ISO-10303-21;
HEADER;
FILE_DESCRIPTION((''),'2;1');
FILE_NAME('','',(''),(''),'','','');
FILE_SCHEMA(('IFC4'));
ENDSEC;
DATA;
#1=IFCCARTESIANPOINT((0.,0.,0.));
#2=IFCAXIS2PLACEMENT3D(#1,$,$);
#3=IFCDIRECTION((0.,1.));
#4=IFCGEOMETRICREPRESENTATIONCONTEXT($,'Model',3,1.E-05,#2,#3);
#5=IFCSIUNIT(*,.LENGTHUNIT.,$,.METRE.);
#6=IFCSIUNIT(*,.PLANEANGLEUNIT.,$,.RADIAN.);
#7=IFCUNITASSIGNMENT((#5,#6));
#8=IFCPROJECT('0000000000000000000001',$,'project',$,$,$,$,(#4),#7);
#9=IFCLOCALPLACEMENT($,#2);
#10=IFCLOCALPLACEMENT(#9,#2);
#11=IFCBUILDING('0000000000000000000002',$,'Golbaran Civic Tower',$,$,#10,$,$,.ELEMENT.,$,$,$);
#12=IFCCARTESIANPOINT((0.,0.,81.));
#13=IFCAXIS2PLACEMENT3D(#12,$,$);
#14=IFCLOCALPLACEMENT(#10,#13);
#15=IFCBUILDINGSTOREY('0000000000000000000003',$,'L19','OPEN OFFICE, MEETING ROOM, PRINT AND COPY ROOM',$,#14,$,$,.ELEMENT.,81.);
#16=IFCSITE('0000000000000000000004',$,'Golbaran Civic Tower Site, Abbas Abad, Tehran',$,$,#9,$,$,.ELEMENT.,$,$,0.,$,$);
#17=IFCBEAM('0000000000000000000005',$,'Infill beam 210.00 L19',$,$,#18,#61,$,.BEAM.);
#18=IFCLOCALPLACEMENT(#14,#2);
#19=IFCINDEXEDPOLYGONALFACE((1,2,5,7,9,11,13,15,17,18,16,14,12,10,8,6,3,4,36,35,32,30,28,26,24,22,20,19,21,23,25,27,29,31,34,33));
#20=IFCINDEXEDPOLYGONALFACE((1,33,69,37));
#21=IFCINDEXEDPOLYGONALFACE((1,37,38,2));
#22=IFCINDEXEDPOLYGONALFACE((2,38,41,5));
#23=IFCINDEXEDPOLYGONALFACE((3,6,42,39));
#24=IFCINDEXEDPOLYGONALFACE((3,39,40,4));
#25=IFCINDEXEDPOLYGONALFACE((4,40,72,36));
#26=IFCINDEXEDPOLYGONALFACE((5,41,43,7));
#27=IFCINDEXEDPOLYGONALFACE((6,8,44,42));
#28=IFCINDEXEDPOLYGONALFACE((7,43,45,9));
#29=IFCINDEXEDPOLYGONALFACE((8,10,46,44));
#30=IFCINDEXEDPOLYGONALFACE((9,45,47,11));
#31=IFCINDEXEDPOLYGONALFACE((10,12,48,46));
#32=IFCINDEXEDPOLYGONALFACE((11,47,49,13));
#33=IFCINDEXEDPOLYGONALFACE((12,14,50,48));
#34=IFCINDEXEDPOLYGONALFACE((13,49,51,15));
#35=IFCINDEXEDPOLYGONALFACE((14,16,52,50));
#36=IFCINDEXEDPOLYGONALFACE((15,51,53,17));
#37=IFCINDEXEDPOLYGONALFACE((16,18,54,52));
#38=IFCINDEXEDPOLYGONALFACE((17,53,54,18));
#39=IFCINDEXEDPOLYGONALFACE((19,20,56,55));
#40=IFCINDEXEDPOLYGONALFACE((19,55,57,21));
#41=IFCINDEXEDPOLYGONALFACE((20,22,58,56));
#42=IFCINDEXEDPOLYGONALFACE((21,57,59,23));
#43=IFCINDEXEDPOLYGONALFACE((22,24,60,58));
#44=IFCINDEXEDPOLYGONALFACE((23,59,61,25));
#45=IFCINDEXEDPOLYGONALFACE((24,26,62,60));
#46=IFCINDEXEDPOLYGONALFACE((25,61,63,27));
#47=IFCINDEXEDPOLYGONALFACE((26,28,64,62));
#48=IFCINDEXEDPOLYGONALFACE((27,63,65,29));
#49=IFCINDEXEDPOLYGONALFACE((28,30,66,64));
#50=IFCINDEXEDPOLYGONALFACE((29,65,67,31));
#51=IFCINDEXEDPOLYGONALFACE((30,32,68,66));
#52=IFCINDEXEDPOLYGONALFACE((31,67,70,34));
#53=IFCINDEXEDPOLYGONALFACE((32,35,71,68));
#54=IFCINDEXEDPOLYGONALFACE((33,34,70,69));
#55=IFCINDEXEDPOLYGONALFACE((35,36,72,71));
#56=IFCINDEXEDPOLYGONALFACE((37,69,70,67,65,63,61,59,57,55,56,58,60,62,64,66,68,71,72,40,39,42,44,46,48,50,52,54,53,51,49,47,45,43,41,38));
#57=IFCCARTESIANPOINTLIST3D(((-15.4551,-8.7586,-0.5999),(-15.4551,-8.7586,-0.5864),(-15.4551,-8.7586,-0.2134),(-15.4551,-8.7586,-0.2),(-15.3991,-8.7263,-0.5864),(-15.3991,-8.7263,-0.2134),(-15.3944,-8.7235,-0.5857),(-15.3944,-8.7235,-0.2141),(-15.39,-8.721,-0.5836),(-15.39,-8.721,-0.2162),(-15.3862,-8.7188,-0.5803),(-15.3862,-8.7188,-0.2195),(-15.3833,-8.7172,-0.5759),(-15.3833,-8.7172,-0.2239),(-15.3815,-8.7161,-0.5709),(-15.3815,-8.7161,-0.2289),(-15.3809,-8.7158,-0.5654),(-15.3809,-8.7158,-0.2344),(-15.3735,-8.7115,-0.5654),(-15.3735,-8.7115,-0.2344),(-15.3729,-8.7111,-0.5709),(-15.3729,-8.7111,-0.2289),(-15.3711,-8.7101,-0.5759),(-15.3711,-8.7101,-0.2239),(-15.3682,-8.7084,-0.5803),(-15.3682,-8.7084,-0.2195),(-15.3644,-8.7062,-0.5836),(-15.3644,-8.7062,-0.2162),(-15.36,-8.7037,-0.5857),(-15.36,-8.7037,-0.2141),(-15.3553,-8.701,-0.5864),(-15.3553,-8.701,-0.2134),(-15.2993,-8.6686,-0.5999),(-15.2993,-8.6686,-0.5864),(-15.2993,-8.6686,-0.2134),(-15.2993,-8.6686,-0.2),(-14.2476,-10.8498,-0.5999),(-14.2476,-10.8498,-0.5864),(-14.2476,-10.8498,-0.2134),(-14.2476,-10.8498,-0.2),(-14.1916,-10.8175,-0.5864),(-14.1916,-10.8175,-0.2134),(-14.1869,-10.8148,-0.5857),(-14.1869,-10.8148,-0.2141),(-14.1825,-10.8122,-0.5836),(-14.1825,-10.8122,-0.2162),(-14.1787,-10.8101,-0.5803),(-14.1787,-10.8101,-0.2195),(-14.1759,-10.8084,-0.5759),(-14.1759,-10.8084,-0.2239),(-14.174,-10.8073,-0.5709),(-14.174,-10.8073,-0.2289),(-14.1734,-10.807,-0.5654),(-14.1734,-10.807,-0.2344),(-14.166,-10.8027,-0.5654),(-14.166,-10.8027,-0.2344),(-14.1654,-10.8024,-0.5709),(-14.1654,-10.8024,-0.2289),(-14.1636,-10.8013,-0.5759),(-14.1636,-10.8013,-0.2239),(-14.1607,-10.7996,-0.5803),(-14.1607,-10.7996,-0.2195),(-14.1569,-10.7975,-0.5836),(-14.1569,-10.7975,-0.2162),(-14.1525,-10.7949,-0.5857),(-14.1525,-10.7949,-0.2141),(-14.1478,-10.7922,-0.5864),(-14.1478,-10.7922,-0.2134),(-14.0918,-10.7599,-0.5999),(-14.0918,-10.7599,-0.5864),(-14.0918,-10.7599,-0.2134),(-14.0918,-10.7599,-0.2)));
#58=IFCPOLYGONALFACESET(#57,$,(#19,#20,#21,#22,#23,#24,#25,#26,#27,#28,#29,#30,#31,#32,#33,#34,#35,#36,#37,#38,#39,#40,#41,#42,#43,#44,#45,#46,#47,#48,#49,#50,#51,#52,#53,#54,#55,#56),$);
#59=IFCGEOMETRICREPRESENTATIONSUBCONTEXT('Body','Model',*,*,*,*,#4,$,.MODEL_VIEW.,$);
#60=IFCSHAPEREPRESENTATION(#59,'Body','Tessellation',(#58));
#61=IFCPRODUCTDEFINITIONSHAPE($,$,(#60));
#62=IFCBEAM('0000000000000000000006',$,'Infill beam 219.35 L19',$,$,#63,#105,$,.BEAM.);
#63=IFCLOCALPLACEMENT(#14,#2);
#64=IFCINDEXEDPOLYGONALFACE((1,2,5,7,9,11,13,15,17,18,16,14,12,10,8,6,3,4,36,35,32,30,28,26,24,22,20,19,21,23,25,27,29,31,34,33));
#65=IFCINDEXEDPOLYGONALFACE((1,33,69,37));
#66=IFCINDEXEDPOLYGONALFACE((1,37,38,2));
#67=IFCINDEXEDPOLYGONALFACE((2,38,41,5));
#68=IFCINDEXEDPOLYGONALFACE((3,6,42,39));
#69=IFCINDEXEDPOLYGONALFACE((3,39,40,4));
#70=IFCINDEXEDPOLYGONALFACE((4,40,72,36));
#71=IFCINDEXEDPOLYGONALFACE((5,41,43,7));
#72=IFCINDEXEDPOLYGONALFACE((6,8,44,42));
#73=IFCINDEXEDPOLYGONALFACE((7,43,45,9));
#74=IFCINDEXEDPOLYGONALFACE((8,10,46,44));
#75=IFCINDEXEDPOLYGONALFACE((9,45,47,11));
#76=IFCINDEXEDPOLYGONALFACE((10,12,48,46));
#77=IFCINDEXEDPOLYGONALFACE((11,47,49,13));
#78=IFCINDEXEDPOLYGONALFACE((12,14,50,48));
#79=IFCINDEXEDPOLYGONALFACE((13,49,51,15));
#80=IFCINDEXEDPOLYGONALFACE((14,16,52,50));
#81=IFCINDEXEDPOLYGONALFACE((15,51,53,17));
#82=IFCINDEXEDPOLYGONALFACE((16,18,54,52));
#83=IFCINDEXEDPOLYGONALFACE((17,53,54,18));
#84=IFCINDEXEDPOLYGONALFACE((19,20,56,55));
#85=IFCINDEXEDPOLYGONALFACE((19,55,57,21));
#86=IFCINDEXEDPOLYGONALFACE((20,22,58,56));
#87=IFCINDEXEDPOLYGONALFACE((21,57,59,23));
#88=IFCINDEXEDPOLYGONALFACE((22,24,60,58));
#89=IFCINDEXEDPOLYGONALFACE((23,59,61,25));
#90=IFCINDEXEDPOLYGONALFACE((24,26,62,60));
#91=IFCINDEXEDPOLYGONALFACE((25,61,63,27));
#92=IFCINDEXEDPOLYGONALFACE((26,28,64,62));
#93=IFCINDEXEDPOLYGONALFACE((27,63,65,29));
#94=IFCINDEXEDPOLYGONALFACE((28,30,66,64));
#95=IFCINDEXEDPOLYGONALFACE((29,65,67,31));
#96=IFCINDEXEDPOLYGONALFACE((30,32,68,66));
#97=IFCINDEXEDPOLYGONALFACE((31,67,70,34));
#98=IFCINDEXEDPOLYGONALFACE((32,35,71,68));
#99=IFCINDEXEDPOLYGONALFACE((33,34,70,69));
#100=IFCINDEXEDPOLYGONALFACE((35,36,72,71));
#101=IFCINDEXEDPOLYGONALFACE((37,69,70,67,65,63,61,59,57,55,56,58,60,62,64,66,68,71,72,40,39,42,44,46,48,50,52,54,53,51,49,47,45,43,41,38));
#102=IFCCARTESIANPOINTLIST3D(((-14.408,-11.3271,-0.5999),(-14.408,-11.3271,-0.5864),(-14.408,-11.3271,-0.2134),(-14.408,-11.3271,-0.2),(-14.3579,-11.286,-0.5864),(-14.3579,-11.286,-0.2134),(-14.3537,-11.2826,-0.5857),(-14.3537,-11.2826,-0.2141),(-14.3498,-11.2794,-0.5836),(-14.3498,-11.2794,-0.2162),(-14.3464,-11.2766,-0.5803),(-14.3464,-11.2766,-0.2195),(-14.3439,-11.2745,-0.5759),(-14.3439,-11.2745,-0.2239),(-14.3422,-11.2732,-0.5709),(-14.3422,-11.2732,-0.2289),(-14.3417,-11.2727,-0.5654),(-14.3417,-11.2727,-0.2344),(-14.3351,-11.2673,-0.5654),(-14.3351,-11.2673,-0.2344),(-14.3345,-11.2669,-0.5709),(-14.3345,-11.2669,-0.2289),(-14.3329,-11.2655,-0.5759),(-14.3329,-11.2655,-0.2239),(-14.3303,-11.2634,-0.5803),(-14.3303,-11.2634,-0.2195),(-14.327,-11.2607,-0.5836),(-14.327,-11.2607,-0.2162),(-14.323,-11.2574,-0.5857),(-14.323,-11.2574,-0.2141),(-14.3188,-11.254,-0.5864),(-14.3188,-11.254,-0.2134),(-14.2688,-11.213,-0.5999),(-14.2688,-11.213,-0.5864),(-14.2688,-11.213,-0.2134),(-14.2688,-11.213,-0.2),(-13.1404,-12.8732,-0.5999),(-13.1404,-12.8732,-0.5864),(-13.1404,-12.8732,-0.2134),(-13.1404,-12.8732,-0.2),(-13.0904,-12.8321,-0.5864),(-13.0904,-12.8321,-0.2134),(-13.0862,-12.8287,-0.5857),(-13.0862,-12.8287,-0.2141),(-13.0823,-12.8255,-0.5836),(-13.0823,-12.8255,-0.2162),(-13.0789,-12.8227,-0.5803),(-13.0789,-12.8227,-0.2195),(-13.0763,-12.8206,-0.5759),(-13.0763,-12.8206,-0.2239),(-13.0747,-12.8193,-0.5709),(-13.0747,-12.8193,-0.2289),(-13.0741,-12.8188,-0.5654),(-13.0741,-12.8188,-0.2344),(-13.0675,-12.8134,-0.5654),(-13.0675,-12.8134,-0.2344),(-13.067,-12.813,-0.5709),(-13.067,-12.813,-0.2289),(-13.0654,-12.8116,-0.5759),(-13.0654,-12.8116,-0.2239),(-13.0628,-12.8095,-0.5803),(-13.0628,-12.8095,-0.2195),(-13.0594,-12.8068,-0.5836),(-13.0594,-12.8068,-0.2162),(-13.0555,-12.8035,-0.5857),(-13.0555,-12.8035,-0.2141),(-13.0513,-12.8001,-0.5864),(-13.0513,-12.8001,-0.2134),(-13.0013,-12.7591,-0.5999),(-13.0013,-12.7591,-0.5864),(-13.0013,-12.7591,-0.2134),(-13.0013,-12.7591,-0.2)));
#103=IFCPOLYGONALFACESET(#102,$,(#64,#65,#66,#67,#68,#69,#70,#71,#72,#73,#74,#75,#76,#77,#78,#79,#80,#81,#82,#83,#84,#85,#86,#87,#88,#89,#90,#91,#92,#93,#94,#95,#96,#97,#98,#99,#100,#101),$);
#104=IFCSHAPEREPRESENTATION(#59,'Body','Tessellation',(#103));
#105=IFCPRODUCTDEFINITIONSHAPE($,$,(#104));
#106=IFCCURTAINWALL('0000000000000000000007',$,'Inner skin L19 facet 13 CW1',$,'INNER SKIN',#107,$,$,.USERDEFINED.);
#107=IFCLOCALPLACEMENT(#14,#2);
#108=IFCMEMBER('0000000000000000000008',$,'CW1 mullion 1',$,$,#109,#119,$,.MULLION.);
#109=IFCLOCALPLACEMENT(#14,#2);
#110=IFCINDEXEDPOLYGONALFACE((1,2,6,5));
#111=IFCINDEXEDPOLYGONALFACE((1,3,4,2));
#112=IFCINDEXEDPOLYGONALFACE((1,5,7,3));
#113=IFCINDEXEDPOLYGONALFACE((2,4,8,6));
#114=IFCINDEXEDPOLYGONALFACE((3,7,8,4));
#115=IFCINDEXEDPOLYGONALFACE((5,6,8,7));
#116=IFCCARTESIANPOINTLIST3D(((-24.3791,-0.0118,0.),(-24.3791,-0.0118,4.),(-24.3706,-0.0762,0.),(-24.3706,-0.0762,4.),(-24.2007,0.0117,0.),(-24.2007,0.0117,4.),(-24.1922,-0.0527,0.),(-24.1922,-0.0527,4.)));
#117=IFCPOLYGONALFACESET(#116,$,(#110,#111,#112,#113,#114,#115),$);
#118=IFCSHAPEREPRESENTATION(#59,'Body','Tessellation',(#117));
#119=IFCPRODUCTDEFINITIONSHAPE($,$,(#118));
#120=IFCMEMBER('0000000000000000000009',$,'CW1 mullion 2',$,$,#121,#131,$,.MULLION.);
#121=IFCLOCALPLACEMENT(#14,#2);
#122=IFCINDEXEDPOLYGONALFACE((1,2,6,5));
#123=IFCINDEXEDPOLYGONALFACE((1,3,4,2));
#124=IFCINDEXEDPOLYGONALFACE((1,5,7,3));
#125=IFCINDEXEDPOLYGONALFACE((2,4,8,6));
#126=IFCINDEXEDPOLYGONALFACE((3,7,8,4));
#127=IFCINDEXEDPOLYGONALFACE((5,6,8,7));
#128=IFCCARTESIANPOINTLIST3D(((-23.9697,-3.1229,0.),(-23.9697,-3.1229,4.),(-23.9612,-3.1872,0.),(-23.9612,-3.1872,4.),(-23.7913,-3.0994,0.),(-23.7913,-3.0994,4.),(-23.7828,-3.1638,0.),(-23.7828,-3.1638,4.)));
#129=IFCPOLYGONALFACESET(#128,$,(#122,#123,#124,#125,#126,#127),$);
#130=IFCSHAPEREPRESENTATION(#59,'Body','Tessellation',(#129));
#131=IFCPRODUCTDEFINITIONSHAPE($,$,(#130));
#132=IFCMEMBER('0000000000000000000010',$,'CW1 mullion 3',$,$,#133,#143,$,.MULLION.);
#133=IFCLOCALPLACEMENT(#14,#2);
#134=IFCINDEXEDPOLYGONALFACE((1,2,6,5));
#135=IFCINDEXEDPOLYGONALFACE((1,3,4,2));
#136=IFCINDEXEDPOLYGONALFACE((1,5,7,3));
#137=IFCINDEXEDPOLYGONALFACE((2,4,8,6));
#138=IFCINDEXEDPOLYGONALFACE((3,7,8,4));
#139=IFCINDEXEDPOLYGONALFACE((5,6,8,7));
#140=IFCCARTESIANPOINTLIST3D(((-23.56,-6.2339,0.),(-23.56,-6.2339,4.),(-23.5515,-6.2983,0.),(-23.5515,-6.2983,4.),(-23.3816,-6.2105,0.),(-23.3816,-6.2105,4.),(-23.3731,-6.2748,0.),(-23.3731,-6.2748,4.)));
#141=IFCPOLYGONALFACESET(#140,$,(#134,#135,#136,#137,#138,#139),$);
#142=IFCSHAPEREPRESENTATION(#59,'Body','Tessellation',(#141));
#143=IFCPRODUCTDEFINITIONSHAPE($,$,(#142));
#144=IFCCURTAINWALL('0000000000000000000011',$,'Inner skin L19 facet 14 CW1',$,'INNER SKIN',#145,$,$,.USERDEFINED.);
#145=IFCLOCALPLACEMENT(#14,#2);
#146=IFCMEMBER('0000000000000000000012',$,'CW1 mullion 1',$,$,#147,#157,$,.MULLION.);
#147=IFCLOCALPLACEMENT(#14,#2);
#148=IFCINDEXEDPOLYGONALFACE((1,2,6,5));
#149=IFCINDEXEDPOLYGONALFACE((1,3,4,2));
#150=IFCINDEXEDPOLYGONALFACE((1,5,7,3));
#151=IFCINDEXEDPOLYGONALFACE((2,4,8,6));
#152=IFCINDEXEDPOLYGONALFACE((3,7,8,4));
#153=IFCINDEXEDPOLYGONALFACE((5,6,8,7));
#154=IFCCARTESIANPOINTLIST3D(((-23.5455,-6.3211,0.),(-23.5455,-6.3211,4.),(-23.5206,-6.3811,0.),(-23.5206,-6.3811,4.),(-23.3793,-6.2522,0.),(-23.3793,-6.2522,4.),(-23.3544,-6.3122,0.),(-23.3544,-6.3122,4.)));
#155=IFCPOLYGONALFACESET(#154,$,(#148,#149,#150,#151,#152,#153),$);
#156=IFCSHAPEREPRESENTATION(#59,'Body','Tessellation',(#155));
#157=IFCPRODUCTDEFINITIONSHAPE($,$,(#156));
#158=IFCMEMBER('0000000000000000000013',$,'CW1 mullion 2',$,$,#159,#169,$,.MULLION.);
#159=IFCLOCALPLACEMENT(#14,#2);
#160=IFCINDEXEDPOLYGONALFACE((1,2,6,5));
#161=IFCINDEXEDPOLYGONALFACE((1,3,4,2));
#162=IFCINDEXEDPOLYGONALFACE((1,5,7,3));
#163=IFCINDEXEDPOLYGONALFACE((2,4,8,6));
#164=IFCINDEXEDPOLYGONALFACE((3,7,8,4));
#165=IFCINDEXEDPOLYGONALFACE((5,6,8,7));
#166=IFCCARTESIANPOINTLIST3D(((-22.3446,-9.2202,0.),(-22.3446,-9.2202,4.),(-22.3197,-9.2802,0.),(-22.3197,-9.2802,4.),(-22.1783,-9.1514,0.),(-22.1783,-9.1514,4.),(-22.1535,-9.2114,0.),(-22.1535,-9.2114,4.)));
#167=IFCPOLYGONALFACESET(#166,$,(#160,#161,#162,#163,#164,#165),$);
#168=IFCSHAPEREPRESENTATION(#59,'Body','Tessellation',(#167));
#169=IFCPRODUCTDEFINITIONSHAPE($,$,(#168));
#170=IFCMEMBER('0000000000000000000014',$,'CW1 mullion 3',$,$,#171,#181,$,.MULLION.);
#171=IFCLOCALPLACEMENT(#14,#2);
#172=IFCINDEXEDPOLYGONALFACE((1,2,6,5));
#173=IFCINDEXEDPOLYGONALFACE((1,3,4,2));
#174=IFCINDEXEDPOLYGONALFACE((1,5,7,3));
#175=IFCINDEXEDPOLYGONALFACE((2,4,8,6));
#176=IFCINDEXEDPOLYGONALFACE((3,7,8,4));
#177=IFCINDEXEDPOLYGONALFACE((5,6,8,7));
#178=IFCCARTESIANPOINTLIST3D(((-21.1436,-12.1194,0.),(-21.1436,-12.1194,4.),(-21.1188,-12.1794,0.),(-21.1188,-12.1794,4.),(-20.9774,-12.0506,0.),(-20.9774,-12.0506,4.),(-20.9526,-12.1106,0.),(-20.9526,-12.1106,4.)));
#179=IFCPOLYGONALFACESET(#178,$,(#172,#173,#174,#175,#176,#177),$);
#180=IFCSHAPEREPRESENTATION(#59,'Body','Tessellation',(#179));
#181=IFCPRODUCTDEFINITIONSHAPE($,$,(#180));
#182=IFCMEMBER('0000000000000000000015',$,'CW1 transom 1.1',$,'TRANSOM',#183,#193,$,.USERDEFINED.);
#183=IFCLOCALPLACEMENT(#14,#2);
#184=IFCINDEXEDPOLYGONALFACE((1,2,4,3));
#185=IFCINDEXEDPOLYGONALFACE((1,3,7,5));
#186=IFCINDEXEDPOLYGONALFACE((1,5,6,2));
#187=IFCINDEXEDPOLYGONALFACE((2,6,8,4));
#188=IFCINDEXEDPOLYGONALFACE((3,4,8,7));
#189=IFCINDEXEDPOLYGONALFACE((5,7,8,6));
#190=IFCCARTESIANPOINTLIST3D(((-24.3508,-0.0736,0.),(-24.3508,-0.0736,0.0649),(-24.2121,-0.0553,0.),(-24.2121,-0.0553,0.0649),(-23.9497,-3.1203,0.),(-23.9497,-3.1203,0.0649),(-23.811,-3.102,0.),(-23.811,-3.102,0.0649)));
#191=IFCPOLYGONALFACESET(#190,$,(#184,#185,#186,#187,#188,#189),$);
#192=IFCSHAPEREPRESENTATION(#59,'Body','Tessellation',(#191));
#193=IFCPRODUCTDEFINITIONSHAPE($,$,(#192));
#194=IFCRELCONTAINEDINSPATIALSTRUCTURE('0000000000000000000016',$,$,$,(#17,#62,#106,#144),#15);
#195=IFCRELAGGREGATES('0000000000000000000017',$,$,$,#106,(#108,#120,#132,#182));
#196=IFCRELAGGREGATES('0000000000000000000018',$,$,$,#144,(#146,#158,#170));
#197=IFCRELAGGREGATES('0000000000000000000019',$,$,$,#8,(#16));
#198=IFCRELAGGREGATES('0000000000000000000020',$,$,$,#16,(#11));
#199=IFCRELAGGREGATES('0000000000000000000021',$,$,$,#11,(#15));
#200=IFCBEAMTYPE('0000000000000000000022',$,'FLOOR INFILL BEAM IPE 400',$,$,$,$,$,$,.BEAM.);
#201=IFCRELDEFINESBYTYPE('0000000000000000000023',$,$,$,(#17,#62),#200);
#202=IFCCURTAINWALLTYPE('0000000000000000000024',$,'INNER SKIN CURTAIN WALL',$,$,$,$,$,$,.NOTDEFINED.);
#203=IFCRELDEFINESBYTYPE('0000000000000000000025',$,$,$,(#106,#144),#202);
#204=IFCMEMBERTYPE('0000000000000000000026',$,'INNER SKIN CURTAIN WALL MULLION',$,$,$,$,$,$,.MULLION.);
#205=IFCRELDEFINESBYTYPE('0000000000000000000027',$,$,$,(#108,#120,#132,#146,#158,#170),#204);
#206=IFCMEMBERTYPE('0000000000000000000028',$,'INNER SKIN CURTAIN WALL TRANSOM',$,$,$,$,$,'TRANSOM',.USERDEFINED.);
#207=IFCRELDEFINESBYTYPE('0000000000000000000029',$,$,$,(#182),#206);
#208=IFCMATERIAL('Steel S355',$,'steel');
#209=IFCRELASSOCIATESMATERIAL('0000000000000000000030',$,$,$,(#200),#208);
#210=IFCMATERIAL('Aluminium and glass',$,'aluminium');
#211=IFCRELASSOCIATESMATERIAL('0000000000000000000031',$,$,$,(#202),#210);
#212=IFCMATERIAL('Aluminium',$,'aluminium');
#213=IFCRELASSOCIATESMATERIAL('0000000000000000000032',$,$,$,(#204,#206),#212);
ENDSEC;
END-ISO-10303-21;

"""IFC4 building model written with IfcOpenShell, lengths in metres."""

from ifc_helpers import new_model, si_unit, direction, frame, origin, origin_2d, place, context, subcontext, project, spatial, rectangle, i_section, extrude, material, material_profile, profile_set, type_object, element, aggregate, save


model = new_model("IFC4")

# Units and contexts
model_context = context("Model", 3, precision=1e-05, world=origin(), true_north=direction((0.0, 1.0)))
body_context = subcontext(model_context, "Body", "Model", "MODEL_VIEW")
ifc_project = project(units=[si_unit("LENGTHUNIT", "METRE"), si_unit("PLANEANGLEUNIT", "RADIAN")], contexts=[model_context])

# Site, building, storey
site_placement = place(None, origin())
site = spatial("IfcSite", under=ifc_project, at=site_placement, Name="Golbaran Civic Tower Site, Abbas Abad, Tehran", CompositionType="ELEMENT", RefElevation=0.0)
building_placement = place(site_placement, origin())
building = spatial("IfcBuilding", under=site, at=building_placement, Name="Golbaran Civic Tower", CompositionType="ELEMENT")
storey_placement = place(building_placement, frame((0.0, 0.0, 81.0)))
storey = spatial("IfcBuildingStorey", under=building, at=storey_placement, Name="L19", Description="OPEN OFFICE, MEETING ROOM, PRINT AND COPY ROOM", CompositionType="ELEMENT", Elevation=81.0)

# Beams
ifc_material_1 = material(Name="Steel S355", Category="steel")
ifc_material_profile_1 = material_profile(ifc_material_1, i_section(OverallWidth=0.1799, OverallDepth=0.3999, WebThickness=0.0085, FlangeThickness=0.0134, FilletRadius=0.021, at=origin_2d()), Name="IPE 400")
ifc_profile_set_1 = profile_set([ifc_material_profile_1], Name="Steel S355")
beam_type_1 = type_object("IfcBeamType", Name="FLOOR INFILL BEAM IPE 400", PredefinedType="BEAM", material=ifc_profile_set_1)
beam_1_placement = place(storey_placement, frame((-15.3772, -8.7136, -0.3999), z_axis=(0.500032, -0.866007, 0.0), x_axis=(0.866007, 0.500032, 0.0)))
element("IfcBeam", 1, at=beam_1_placement, inside=storey, type_object=beam_type_1, Name="Infill beam 210.00 L19", PredefinedType="BEAM", context=body_context, shape_type="SweptSolid", body=[
    extrude(i_section(OverallWidth=0.1799, OverallDepth=0.3999, WebThickness=0.0085, FlangeThickness=0.0134, FilletRadius=0.021, at=origin_2d()), origin(), (0.0, 0.0, 1.0), 2.4148),
])
beam_2_placement = place(storey_placement, frame((-14.3384, -11.27, -0.3999), z_axis=(0.634002, -0.773331, 0.0), x_axis=(0.773331, 0.634002, 0.0)))
element("IfcBeam", 2, at=beam_2_placement, inside=storey, type_object=beam_type_1, Name="Infill beam 219.35 L19", PredefinedType="BEAM", context=body_context, shape_type="SweptSolid", body=[
    extrude(i_section(OverallWidth=0.1799, OverallDepth=0.3999, WebThickness=0.0085, FlangeThickness=0.0134, FilletRadius=0.021, at=origin_2d()), origin(), (0.0, 0.0, 1.0), 1.9993),
])

# Curtain walls, members
ifc_material_2 = material(Name="Aluminium and glass", Category="aluminium")
curtain_wall_type = type_object("IfcCurtainWallType", Name="INNER SKIN CURTAIN WALL", PredefinedType="NOTDEFINED", material=ifc_material_2)
curtain_wall_1_placement = place(storey_placement, origin())
curtain_wall_1 = element("IfcCurtainWall", 3, at=curtain_wall_1_placement, inside=storey, type_object=curtain_wall_type, Name="Inner skin L19 facet 13 CW1", ObjectType="INNER SKIN", PredefinedType="USERDEFINED")
ifc_material_3 = material(Name="Aluminium", Category="aluminium")
ifc_material_profile_2 = material_profile(ifc_material_3, rectangle(XDim=0.1799, YDim=0.0649, at=origin_2d()), Name="INNER SKIN CURTAIN WALL MULLION")
ifc_profile_set_2 = profile_set([ifc_material_profile_2], Name="Aluminium")
member_type_1 = type_object("IfcMemberType", Name="INNER SKIN CURTAIN WALL MULLION", PredefinedType="MULLION", material=ifc_profile_set_2)
member_1_placement = place(storey_placement, frame((-24.2856, -0.0322, 0.0), z_axis=(0.0, 0.0, 1.0), x_axis=(0.991445, 0.130526, 0.0)))
member_1 = element("IfcMember", 4, at=member_1_placement, type_object=member_type_1, Name="CW1 mullion 1", PredefinedType="MULLION", context=body_context, shape_type="SweptSolid", body=[
    extrude(rectangle(XDim=0.1799, YDim=0.0649, at=origin_2d()), origin(), (0.0, 0.0, 1.0), 4.0),
])
member_2_placement = place(storey_placement, frame((-23.8762, -3.1433, 0.0), z_axis=(0.0, 0.0, 1.0), x_axis=(0.991445, 0.130526, 0.0)))
member_2 = element("IfcMember", 5, at=member_2_placement, type_object=member_type_1, Name="CW1 mullion 2", PredefinedType="MULLION", context=body_context, shape_type="SweptSolid", body=[
    extrude(rectangle(XDim=0.1799, YDim=0.0649, at=origin_2d()), origin(), (0.0, 0.0, 1.0), 4.0),
])
member_3_placement = place(storey_placement, frame((-23.4666, -6.2544, 0.0), z_axis=(0.0, 0.0, 1.0), x_axis=(0.991445, 0.130526, 0.0)))
member_3 = element("IfcMember", 6, at=member_3_placement, type_object=member_type_1, Name="CW1 mullion 3", PredefinedType="MULLION", context=body_context, shape_type="SweptSolid", body=[
    extrude(rectangle(XDim=0.1799, YDim=0.0649, at=origin_2d()), origin(), (0.0, 0.0, 1.0), 4.0),
])
curtain_wall_2_placement = place(storey_placement, origin())
curtain_wall_2 = element("IfcCurtainWall", 7, at=curtain_wall_2_placement, inside=storey, type_object=curtain_wall_type, Name="Inner skin L19 facet 14 CW1", ObjectType="INNER SKIN", PredefinedType="USERDEFINED")
member_4_placement = place(storey_placement, frame((-23.45, -6.3167, 0.0), z_axis=(0.0, 0.0, 1.0), x_axis=(0.92388, 0.382683, 0.0)))
member_4 = element("IfcMember", 8, at=member_4_placement, type_object=member_type_1, Name="CW1 mullion 1", PredefinedType="MULLION", context=body_context, shape_type="SweptSolid", body=[
    extrude(rectangle(XDim=0.1799, YDim=0.0649, at=origin_2d()), origin(), (0.0, 0.0, 1.0), 4.0),
])
member_5_placement = place(storey_placement, frame((-22.249, -9.2158, 0.0), z_axis=(0.0, 0.0, 1.0), x_axis=(0.92388, 0.382683, 0.0)))
member_5 = element("IfcMember", 9, at=member_5_placement, type_object=member_type_1, Name="CW1 mullion 2", PredefinedType="MULLION", context=body_context, shape_type="SweptSolid", body=[
    extrude(rectangle(XDim=0.1799, YDim=0.0649, at=origin_2d()), origin(), (0.0, 0.0, 1.0), 4.0),
])
member_6_placement = place(storey_placement, frame((-21.0481, -12.115, 0.0), z_axis=(0.0, 0.0, 1.0), x_axis=(0.92388, 0.382683, 0.0)))
member_6 = element("IfcMember", 10, at=member_6_placement, type_object=member_type_1, Name="CW1 mullion 3", PredefinedType="MULLION", context=body_context, shape_type="SweptSolid", body=[
    extrude(rectangle(XDim=0.1799, YDim=0.0649, at=origin_2d()), origin(), (0.0, 0.0, 1.0), 4.0),
])

# Member
ifc_material_profile_3 = material_profile(ifc_material_3, rectangle(XDim=0.1399, YDim=0.0649, at=origin_2d()), Name="INNER SKIN CURTAIN WALL TRANSOM")
ifc_profile_set_3 = profile_set([ifc_material_profile_3], Name="Aluminium")
member_type_2 = type_object("IfcMemberType", Name="INNER SKIN CURTAIN WALL TRANSOM", ElementType="TRANSOM", PredefinedType="USERDEFINED", material=ifc_profile_set_3)
member_7_placement = place(storey_placement, frame((-24.2815, -0.0645, 0.0325), z_axis=(0.130535, -0.991444, 0.0), x_axis=(0.991444, 0.130535, 0.0)))
member_7 = element("IfcMember", 11, at=member_7_placement, type_object=member_type_2, Name="CW1 transom 1.1", ObjectType="TRANSOM", PredefinedType="USERDEFINED", context=body_context, shape_type="SweptSolid", body=[
    extrude(rectangle(XDim=0.1399, YDim=0.0649, at=origin_2d()), origin(), (0.0, 0.0, 1.0), 3.073),
])

aggregate(curtain_wall_1, [member_1, member_2, member_3, member_7])
aggregate(curtain_wall_2, [member_4, member_5, member_6])

save(model, "model.ifc")
